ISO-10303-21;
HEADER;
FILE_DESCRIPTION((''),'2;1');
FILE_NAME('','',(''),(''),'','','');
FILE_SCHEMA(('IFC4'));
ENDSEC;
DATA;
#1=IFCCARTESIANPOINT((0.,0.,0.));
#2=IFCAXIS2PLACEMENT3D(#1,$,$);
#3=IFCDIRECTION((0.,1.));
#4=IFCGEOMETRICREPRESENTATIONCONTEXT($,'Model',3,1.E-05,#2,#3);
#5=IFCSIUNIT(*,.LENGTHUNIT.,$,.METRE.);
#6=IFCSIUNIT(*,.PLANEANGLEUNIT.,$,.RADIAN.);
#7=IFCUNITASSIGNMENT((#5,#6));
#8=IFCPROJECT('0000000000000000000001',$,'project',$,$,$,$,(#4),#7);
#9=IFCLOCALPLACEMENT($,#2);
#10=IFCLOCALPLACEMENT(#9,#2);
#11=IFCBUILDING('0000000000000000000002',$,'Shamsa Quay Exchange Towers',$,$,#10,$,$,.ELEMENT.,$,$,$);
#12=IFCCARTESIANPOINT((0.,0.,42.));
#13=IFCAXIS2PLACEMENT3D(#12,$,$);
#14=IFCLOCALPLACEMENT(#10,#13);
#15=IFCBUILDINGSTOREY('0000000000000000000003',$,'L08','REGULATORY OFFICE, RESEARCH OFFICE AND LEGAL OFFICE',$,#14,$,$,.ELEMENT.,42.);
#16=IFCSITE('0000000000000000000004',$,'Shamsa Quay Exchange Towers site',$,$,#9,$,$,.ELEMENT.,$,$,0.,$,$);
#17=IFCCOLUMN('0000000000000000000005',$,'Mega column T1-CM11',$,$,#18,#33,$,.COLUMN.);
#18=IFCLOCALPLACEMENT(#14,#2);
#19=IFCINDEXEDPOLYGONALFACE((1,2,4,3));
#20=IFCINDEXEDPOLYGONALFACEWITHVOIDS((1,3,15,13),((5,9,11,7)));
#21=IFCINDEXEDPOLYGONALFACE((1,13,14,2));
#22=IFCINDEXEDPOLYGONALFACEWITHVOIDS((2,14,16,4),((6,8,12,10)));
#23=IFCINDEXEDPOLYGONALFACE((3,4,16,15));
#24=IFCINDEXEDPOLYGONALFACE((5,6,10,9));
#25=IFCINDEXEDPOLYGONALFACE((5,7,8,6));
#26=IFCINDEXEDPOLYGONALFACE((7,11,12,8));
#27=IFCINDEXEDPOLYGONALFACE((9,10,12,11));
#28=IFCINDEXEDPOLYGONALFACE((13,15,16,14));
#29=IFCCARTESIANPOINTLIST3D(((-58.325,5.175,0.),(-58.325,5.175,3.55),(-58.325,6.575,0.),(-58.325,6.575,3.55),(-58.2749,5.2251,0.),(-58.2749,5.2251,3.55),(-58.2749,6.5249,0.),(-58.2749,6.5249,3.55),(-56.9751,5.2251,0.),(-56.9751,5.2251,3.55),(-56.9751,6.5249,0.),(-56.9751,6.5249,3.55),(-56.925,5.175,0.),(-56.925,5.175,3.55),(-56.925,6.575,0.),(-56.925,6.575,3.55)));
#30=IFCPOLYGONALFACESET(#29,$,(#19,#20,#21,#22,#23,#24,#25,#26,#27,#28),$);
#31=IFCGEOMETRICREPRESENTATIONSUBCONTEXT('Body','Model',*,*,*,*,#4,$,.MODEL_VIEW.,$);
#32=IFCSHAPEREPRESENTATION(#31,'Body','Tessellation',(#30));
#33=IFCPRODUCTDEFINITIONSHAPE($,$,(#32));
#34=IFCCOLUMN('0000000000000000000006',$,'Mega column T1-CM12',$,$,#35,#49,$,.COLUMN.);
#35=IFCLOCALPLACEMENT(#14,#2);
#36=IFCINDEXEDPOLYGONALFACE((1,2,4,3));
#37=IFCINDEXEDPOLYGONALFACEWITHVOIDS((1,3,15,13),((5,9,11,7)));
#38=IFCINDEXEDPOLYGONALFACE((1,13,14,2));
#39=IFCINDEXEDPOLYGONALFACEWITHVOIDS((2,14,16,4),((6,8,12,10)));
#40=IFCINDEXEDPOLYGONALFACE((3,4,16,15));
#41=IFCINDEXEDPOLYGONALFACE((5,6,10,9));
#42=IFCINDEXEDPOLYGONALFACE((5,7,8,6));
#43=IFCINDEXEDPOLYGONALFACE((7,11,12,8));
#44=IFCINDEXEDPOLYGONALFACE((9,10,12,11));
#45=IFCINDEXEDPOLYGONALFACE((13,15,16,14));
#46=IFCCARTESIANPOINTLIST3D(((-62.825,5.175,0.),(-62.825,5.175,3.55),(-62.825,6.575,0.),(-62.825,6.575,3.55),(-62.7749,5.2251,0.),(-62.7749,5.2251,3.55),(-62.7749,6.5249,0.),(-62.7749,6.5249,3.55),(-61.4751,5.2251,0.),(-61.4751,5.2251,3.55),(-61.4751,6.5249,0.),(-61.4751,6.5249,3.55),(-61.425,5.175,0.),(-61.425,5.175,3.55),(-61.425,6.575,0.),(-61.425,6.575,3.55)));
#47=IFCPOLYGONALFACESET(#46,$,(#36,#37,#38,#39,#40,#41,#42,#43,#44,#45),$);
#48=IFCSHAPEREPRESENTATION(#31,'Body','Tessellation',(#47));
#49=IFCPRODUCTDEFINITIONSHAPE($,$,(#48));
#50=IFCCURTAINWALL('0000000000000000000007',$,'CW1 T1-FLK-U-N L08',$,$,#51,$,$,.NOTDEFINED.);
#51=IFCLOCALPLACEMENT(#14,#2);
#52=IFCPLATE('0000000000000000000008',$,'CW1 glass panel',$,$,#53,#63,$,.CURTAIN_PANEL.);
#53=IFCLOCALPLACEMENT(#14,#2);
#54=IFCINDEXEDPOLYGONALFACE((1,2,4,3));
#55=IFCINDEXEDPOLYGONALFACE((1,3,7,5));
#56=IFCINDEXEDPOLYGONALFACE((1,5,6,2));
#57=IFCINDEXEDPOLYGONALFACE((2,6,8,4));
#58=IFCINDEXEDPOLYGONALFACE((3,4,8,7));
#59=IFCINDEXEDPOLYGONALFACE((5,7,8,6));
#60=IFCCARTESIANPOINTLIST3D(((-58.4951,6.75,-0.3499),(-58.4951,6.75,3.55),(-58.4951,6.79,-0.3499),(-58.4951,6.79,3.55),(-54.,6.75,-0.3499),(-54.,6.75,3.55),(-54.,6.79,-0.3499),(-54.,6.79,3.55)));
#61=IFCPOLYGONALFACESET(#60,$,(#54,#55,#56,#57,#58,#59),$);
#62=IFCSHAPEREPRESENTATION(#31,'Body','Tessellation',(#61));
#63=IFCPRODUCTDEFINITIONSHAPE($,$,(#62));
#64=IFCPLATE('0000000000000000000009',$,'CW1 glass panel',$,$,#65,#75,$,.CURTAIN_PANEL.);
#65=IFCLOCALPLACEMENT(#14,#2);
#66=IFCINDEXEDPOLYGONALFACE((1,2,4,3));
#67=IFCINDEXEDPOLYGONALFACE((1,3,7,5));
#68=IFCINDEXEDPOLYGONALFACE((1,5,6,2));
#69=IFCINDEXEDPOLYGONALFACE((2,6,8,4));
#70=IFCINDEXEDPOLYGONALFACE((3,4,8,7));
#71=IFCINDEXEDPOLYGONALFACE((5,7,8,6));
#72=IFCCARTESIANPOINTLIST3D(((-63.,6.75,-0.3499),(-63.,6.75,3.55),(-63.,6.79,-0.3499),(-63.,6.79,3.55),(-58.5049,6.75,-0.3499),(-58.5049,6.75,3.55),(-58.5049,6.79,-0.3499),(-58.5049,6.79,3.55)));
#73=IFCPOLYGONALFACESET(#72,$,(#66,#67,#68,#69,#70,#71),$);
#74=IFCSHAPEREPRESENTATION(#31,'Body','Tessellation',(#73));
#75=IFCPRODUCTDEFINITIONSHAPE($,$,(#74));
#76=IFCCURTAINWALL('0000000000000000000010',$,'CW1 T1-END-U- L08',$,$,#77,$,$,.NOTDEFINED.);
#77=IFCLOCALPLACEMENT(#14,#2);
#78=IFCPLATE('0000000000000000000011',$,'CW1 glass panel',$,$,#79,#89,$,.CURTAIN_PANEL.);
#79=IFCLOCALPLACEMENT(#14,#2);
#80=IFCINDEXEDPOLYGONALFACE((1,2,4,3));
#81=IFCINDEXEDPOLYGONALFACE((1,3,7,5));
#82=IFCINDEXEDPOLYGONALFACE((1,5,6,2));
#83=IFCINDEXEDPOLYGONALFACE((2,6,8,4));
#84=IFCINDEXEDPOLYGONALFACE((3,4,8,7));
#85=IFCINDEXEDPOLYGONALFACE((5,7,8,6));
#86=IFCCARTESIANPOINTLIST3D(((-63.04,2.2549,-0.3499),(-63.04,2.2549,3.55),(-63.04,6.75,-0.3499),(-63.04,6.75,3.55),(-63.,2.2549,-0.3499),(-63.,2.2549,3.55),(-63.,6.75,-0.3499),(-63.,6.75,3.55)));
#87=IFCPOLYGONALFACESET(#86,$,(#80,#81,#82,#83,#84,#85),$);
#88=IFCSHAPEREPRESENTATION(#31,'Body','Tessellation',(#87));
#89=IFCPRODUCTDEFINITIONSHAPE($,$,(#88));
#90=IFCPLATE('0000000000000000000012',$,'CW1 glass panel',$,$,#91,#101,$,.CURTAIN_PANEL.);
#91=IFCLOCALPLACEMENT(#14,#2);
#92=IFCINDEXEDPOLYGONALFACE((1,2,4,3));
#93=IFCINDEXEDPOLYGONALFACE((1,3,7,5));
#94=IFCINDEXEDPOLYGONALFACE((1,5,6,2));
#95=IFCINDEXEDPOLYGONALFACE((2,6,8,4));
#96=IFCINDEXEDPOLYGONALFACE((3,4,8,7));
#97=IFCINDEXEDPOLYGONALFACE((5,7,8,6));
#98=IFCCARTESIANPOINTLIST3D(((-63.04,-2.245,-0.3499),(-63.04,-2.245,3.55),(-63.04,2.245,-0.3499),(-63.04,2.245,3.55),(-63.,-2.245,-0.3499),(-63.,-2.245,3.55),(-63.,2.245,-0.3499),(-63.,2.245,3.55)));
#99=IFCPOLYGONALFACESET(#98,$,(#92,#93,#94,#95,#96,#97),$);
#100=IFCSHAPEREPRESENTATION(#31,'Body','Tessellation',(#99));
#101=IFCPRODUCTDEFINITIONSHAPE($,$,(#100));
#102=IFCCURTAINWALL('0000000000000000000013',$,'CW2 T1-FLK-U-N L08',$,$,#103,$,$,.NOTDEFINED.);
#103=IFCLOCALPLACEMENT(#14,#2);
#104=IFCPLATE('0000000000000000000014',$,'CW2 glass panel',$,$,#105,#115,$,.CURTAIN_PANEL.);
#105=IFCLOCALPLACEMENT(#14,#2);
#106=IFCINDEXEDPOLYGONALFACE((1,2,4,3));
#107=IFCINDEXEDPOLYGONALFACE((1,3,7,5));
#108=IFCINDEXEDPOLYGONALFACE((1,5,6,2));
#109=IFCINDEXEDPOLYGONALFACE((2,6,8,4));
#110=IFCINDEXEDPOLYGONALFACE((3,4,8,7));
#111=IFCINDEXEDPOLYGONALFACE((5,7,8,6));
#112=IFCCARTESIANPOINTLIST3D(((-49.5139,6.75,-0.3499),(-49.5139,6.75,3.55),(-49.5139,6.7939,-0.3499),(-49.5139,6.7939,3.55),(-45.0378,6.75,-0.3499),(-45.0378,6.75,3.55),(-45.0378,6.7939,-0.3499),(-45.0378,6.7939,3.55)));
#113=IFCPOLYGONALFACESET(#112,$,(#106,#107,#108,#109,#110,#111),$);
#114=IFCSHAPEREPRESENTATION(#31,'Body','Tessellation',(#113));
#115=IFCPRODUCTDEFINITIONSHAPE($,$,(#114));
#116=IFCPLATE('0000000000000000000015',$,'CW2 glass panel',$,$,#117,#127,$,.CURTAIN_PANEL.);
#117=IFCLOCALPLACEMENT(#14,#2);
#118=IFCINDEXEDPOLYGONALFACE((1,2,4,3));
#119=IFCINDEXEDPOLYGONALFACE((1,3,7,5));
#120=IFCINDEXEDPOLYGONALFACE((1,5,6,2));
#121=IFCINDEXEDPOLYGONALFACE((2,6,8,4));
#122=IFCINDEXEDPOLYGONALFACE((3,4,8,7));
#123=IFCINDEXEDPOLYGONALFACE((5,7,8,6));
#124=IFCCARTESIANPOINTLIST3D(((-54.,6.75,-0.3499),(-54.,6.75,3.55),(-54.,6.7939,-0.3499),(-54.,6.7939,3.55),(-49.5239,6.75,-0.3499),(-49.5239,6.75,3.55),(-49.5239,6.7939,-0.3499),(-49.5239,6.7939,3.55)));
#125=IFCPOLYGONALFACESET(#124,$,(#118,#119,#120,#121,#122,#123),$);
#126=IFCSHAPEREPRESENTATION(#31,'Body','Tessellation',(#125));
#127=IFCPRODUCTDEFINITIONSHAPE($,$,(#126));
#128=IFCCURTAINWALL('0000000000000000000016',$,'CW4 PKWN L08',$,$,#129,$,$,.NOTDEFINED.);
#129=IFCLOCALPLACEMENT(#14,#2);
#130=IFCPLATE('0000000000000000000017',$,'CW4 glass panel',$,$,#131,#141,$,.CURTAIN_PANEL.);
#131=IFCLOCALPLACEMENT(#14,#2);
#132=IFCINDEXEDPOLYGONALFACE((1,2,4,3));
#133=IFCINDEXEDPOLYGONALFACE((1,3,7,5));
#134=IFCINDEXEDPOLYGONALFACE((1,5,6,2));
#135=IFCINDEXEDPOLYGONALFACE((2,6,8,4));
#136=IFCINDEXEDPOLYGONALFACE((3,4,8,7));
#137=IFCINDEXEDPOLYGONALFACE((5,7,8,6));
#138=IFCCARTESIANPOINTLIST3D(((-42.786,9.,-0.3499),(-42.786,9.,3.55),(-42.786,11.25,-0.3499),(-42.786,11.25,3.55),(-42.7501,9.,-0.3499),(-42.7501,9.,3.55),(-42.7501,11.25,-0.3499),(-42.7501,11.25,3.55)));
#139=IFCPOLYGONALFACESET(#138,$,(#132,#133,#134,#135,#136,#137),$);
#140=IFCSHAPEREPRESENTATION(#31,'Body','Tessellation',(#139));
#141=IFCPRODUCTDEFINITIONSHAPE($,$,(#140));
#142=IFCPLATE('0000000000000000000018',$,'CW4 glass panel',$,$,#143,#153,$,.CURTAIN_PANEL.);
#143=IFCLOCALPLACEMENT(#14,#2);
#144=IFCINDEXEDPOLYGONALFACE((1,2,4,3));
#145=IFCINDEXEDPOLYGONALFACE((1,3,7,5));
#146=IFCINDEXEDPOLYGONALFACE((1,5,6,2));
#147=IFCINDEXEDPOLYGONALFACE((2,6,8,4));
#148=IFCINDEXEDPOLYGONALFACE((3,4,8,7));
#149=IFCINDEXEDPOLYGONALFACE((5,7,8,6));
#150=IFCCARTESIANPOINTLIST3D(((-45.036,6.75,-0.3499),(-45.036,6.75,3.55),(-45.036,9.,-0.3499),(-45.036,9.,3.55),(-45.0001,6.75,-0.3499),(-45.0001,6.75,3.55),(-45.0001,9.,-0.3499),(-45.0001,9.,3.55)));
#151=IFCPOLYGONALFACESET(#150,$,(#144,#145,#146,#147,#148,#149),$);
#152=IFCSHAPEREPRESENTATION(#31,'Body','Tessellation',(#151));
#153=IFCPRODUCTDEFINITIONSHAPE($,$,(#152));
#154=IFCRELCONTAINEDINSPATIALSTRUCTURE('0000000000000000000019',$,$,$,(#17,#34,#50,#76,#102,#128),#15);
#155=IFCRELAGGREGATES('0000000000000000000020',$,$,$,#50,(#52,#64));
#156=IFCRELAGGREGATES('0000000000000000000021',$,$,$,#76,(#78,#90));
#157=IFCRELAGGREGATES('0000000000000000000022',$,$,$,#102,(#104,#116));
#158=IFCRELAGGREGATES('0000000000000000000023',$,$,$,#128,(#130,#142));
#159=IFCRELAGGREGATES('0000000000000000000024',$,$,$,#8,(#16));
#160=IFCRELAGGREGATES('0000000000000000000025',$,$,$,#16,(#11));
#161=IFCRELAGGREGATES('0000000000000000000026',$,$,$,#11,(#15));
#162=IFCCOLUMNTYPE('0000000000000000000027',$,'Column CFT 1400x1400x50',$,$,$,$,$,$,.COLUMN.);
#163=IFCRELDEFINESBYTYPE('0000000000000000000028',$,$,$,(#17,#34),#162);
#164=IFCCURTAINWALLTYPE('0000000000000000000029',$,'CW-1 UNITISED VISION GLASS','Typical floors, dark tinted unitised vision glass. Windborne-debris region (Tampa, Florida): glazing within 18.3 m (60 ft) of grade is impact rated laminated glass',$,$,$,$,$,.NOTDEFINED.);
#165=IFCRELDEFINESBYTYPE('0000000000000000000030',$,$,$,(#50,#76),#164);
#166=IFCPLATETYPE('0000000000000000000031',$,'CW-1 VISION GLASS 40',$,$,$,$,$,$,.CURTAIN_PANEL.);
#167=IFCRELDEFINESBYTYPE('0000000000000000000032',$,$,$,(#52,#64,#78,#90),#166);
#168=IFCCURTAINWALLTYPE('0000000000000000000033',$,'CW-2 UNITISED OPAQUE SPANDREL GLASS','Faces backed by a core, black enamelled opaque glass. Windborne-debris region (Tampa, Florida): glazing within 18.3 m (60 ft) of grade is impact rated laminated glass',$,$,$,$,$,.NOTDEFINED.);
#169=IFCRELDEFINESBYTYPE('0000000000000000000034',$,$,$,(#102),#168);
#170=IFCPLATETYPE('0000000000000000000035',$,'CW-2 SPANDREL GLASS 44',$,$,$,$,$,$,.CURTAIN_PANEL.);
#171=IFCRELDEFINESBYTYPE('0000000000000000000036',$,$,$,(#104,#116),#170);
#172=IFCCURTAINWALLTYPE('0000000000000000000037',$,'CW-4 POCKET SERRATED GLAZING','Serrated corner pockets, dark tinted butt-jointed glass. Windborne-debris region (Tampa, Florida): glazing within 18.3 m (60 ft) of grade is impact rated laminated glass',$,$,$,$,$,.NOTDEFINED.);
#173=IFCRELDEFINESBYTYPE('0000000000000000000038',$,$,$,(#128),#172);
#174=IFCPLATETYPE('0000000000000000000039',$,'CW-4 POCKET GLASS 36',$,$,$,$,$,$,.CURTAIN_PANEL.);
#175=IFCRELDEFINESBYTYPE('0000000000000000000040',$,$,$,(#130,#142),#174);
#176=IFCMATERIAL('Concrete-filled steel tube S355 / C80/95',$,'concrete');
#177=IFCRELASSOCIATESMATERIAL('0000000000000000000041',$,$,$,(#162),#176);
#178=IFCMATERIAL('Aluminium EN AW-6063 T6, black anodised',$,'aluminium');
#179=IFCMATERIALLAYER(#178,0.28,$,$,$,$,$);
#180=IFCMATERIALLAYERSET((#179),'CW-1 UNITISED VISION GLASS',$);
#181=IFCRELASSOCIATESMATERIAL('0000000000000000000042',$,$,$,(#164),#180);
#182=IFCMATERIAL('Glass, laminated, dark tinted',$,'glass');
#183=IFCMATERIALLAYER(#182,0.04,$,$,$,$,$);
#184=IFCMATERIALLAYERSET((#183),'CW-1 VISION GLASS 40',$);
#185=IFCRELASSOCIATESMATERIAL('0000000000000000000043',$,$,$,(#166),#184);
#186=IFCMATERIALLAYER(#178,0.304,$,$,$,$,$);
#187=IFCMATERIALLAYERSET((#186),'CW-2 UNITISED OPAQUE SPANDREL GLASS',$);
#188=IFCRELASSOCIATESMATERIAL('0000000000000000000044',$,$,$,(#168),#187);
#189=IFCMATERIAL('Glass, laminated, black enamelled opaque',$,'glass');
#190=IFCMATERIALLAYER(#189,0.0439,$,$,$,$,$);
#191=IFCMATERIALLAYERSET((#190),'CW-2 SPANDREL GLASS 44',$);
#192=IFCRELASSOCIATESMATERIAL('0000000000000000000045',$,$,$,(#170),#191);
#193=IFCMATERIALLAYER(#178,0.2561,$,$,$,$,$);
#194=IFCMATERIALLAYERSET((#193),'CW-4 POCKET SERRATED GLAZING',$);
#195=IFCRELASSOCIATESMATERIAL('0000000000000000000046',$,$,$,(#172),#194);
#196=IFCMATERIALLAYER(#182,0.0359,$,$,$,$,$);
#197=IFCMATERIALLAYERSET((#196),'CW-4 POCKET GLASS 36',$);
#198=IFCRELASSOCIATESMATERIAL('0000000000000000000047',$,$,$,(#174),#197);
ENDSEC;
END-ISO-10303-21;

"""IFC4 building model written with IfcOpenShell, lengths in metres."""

from ifc_helpers import new_model, si_unit, direction, frame, origin, origin_2d, place, context, subcontext, project, spatial, rectangle, hollow_rectangle, extrude, material, layer, layer_set, material_profile, profile_set, type_object, element, aggregate, save


model = new_model("IFC4")

# Units and contexts
model_context = context("Model", 3, precision=1e-05, world=origin(), true_north=direction((0.0, 1.0)))
body_context = subcontext(model_context, "Body", "Model", "MODEL_VIEW")
ifc_project = project(units=[si_unit("LENGTHUNIT", "METRE"), si_unit("PLANEANGLEUNIT", "RADIAN")], contexts=[model_context])

# Site, building, storey
site_placement = place(None, origin())
site = spatial("IfcSite", under=ifc_project, at=site_placement, Name="Shamsa Quay Exchange Towers site", CompositionType="ELEMENT", RefElevation=0.0)
building_placement = place(site_placement, origin())
building = spatial("IfcBuilding", under=site, at=building_placement, Name="Shamsa Quay Exchange Towers", CompositionType="ELEMENT")
storey_placement = place(building_placement, frame((0.0, 0.0, 42.0)))
storey = spatial("IfcBuildingStorey", under=building, at=storey_placement, Name="L08", Description="REGULATORY OFFICE, RESEARCH OFFICE AND LEGAL OFFICE", CompositionType="ELEMENT", Elevation=42.0)

# Columns
ifc_material_1 = material(Name="Concrete-filled steel tube S355 / C80/95", Category="concrete")
ifc_material_profile = material_profile(ifc_material_1, hollow_rectangle(XDim=1.3999, YDim=1.3999, WallThickness=0.05, at=origin_2d()), Name="CFT 1400x1400x50")
ifc_profile_set = profile_set([ifc_material_profile], Name="Concrete-filled steel tube S355 / C80/95")
column_type = type_object("IfcColumnType", Name="Column CFT 1400x1400x50", PredefinedType="COLUMN", material=ifc_profile_set)
for number, where, name in (
    (1, (-57.625, 5.875, 0.0), "Mega column T1-CM11"),
    (2, (-62.125, 5.875, 0.0), "Mega column T1-CM12"),
):
    element("IfcColumn", number, at=place(storey_placement, frame(where)), inside=storey, type_object=column_type, Name=name, PredefinedType="COLUMN", context=body_context, shape_type="SweptSolid", body=[
        extrude(hollow_rectangle(XDim=1.3999, YDim=1.3999, WallThickness=0.05, at=origin_2d()), origin(), (0.0, 0.0, 1.0), 3.55),
    ])

# Curtain walls, plates
ifc_material_2 = material(Name="Aluminium EN AW-6063 T6, black anodised", Category="aluminium")
ifc_layer_1 = layer(ifc_material_2, 0.28)
ifc_layer_set_1 = layer_set([ifc_layer_1], Name="CW-1 UNITISED VISION GLASS")
curtain_wall_type_1 = type_object("IfcCurtainWallType", Name="CW-1 UNITISED VISION GLASS", Description="Typical floors, dark tinted unitised vision glass. Windborne-debris region (Tampa, Florida): glazing within 18.3 m (60 ft) of grade is impact rated laminated glass", PredefinedType="NOTDEFINED", material=ifc_layer_set_1)
curtain_wall_1_placement = place(storey_placement, origin())
curtain_wall_1 = element("IfcCurtainWall", 3, at=curtain_wall_1_placement, inside=storey, type_object=curtain_wall_type_1, Name="CW1 T1-FLK-U-N L08", PredefinedType="NOTDEFINED")
ifc_material_3 = material(Name="Glass, laminated, dark tinted", Category="glass")
ifc_layer_2 = layer(ifc_material_3, 0.04)
ifc_layer_set_2 = layer_set([ifc_layer_2], Name="CW-1 VISION GLASS 40")
plate_type_1 = type_object("IfcPlateType", Name="CW-1 VISION GLASS 40", PredefinedType="CURTAIN_PANEL", material=ifc_layer_set_2)
plate_1_placement = place(storey_placement, frame((-56.2476, 6.77, -0.3499), z_axis=(0.0, 0.0, 1.0), x_axis=(-1.0, 0.0, 0.0)))
plate_1 = element("IfcPlate", 4, at=plate_1_placement, type_object=plate_type_1, Name="CW1 glass panel", PredefinedType="CURTAIN_PANEL", context=body_context, shape_type="SweptSolid", body=[
    extrude(rectangle(XDim=4.4951, YDim=0.04, at=origin_2d()), origin(), (0.0, 0.0, 1.0), 3.8999),
])
plate_2_placement = place(storey_placement, frame((-60.7524, 6.77, -0.3499), z_axis=(0.0, 0.0, 1.0), x_axis=(-1.0, 0.0, 0.0)))
plate_2 = element("IfcPlate", 5, at=plate_2_placement, type_object=plate_type_1, Name="CW1 glass panel", PredefinedType="CURTAIN_PANEL", context=body_context, shape_type="SweptSolid", body=[
    extrude(rectangle(XDim=4.4951, YDim=0.04, at=origin_2d()), origin(), (0.0, 0.0, 1.0), 3.8999),
])
aggregate(curtain_wall_1, [plate_1, plate_2])
curtain_wall_2_placement = place(storey_placement, origin())
curtain_wall_2 = element("IfcCurtainWall", 6, at=curtain_wall_2_placement, inside=storey, type_object=curtain_wall_type_1, Name="CW1 T1-END-U- L08", PredefinedType="NOTDEFINED")
plate_3_placement = place(storey_placement, frame((-63.02, 4.5024, -0.3499), z_axis=(0.0, 0.0, 1.0), x_axis=(0.0, -1.0, 0.0)))
plate_3 = element("IfcPlate", 7, at=plate_3_placement, type_object=plate_type_1, Name="CW1 glass panel", PredefinedType="CURTAIN_PANEL", context=body_context, shape_type="SweptSolid", body=[
    extrude(rectangle(XDim=4.4951, YDim=0.04, at=origin_2d()), origin(), (0.0, 0.0, 1.0), 3.8999),
])
plate_4_placement = place(storey_placement, frame((-63.02, 0.0, -0.3499), z_axis=(0.0, 0.0, 1.0), x_axis=(0.0, -1.0, 0.0)))
plate_4 = element("IfcPlate", 8, at=plate_4_placement, type_object=plate_type_1, Name="CW1 glass panel", PredefinedType="CURTAIN_PANEL", context=body_context, shape_type="SweptSolid", body=[
    extrude(rectangle(XDim=4.49, YDim=0.04, at=origin_2d()), origin(), (0.0, 0.0, 1.0), 3.8999),
])
aggregate(curtain_wall_2, [plate_3, plate_4])
ifc_layer_3 = layer(ifc_material_2, 0.304)
ifc_layer_set_3 = layer_set([ifc_layer_3], Name="CW-2 UNITISED OPAQUE SPANDREL GLASS")
curtain_wall_type_2 = type_object("IfcCurtainWallType", Name="CW-2 UNITISED OPAQUE SPANDREL GLASS", Description="Faces backed by a core, black enamelled opaque glass. Windborne-debris region (Tampa, Florida): glazing within 18.3 m (60 ft) of grade is impact rated laminated glass", PredefinedType="NOTDEFINED", material=ifc_layer_set_3)
curtain_wall_3_placement = place(storey_placement, origin())
curtain_wall_3 = element("IfcCurtainWall", 9, at=curtain_wall_3_placement, inside=storey, type_object=curtain_wall_type_2, Name="CW2 T1-FLK-U-N L08", PredefinedType="NOTDEFINED")
ifc_material_4 = material(Name="Glass, laminated, black enamelled opaque", Category="glass")
ifc_layer_4 = layer(ifc_material_4, 0.0439)
ifc_layer_set_4 = layer_set([ifc_layer_4], Name="CW-2 SPANDREL GLASS 44")
plate_type_2 = type_object("IfcPlateType", Name="CW-2 SPANDREL GLASS 44", PredefinedType="CURTAIN_PANEL", material=ifc_layer_set_4)
plate_5_placement = place(storey_placement, frame((-47.2759, 6.772, -0.3499), z_axis=(0.0, 0.0, 1.0), x_axis=(-1.0, 0.0, 0.0)))
plate_5 = element("IfcPlate", 10, at=plate_5_placement, type_object=plate_type_2, Name="CW2 glass panel", PredefinedType="CURTAIN_PANEL", context=body_context, shape_type="SweptSolid", body=[
    extrude(rectangle(XDim=4.4761, YDim=0.0439, at=origin_2d()), origin(), (0.0, 0.0, 1.0), 3.8999),
])
plate_6_placement = place(storey_placement, frame((-51.762, 6.772, -0.3499), z_axis=(0.0, 0.0, 1.0), x_axis=(-1.0, 0.0, 0.0)))
plate_6 = element("IfcPlate", 11, at=plate_6_placement, type_object=plate_type_2, Name="CW2 glass panel", PredefinedType="CURTAIN_PANEL", context=body_context, shape_type="SweptSolid", body=[
    extrude(rectangle(XDim=4.4761, YDim=0.0439, at=origin_2d()), origin(), (0.0, 0.0, 1.0), 3.8999),
])
aggregate(curtain_wall_3, [plate_5, plate_6])
ifc_layer_5 = layer(ifc_material_2, 0.2561)
ifc_layer_set_5 = layer_set([ifc_layer_5], Name="CW-4 POCKET SERRATED GLAZING")
curtain_wall_type_3 = type_object("IfcCurtainWallType", Name="CW-4 POCKET SERRATED GLAZING", Description="Serrated corner pockets, dark tinted butt-jointed glass. Windborne-debris region (Tampa, Florida): glazing within 18.3 m (60 ft) of grade is impact rated laminated glass", PredefinedType="NOTDEFINED", material=ifc_layer_set_5)
curtain_wall_4_placement = place(storey_placement, origin())
curtain_wall_4 = element("IfcCurtainWall", 12, at=curtain_wall_4_placement, inside=storey, type_object=curtain_wall_type_3, Name="CW4 PKWN L08", PredefinedType="NOTDEFINED")
ifc_layer_6 = layer(ifc_material_3, 0.0359)
ifc_layer_set_6 = layer_set([ifc_layer_6], Name="CW-4 POCKET GLASS 36")
plate_type_3 = type_object("IfcPlateType", Name="CW-4 POCKET GLASS 36", PredefinedType="CURTAIN_PANEL", material=ifc_layer_set_6)
plate_7_placement = place(storey_placement, frame((-42.7681, 10.125, -0.3499), z_axis=(0.0, 0.0, 1.0), x_axis=(0.0, -1.0, 0.0)))
plate_7 = element("IfcPlate", 13, at=plate_7_placement, type_object=plate_type_3, Name="CW4 glass panel", PredefinedType="CURTAIN_PANEL", context=body_context, shape_type="SweptSolid", body=[
    extrude(rectangle(XDim=2.25, YDim=0.0359, at=origin_2d()), origin(), (0.0, 0.0, 1.0), 3.8999),
])
plate_8_placement = place(storey_placement, frame((-45.0181, 7.875, -0.3499), z_axis=(0.0, 0.0, 1.0), x_axis=(0.0, -1.0, 0.0)))
plate_8 = element("IfcPlate", 14, at=plate_8_placement, type_object=plate_type_3, Name="CW4 glass panel", PredefinedType="CURTAIN_PANEL", context=body_context, shape_type="SweptSolid", body=[
    extrude(rectangle(XDim=2.25, YDim=0.0359, at=origin_2d()), origin(), (0.0, 0.0, 1.0), 3.8999),
])
aggregate(curtain_wall_4, [plate_7, plate_8])

save(model, "model.ifc")
